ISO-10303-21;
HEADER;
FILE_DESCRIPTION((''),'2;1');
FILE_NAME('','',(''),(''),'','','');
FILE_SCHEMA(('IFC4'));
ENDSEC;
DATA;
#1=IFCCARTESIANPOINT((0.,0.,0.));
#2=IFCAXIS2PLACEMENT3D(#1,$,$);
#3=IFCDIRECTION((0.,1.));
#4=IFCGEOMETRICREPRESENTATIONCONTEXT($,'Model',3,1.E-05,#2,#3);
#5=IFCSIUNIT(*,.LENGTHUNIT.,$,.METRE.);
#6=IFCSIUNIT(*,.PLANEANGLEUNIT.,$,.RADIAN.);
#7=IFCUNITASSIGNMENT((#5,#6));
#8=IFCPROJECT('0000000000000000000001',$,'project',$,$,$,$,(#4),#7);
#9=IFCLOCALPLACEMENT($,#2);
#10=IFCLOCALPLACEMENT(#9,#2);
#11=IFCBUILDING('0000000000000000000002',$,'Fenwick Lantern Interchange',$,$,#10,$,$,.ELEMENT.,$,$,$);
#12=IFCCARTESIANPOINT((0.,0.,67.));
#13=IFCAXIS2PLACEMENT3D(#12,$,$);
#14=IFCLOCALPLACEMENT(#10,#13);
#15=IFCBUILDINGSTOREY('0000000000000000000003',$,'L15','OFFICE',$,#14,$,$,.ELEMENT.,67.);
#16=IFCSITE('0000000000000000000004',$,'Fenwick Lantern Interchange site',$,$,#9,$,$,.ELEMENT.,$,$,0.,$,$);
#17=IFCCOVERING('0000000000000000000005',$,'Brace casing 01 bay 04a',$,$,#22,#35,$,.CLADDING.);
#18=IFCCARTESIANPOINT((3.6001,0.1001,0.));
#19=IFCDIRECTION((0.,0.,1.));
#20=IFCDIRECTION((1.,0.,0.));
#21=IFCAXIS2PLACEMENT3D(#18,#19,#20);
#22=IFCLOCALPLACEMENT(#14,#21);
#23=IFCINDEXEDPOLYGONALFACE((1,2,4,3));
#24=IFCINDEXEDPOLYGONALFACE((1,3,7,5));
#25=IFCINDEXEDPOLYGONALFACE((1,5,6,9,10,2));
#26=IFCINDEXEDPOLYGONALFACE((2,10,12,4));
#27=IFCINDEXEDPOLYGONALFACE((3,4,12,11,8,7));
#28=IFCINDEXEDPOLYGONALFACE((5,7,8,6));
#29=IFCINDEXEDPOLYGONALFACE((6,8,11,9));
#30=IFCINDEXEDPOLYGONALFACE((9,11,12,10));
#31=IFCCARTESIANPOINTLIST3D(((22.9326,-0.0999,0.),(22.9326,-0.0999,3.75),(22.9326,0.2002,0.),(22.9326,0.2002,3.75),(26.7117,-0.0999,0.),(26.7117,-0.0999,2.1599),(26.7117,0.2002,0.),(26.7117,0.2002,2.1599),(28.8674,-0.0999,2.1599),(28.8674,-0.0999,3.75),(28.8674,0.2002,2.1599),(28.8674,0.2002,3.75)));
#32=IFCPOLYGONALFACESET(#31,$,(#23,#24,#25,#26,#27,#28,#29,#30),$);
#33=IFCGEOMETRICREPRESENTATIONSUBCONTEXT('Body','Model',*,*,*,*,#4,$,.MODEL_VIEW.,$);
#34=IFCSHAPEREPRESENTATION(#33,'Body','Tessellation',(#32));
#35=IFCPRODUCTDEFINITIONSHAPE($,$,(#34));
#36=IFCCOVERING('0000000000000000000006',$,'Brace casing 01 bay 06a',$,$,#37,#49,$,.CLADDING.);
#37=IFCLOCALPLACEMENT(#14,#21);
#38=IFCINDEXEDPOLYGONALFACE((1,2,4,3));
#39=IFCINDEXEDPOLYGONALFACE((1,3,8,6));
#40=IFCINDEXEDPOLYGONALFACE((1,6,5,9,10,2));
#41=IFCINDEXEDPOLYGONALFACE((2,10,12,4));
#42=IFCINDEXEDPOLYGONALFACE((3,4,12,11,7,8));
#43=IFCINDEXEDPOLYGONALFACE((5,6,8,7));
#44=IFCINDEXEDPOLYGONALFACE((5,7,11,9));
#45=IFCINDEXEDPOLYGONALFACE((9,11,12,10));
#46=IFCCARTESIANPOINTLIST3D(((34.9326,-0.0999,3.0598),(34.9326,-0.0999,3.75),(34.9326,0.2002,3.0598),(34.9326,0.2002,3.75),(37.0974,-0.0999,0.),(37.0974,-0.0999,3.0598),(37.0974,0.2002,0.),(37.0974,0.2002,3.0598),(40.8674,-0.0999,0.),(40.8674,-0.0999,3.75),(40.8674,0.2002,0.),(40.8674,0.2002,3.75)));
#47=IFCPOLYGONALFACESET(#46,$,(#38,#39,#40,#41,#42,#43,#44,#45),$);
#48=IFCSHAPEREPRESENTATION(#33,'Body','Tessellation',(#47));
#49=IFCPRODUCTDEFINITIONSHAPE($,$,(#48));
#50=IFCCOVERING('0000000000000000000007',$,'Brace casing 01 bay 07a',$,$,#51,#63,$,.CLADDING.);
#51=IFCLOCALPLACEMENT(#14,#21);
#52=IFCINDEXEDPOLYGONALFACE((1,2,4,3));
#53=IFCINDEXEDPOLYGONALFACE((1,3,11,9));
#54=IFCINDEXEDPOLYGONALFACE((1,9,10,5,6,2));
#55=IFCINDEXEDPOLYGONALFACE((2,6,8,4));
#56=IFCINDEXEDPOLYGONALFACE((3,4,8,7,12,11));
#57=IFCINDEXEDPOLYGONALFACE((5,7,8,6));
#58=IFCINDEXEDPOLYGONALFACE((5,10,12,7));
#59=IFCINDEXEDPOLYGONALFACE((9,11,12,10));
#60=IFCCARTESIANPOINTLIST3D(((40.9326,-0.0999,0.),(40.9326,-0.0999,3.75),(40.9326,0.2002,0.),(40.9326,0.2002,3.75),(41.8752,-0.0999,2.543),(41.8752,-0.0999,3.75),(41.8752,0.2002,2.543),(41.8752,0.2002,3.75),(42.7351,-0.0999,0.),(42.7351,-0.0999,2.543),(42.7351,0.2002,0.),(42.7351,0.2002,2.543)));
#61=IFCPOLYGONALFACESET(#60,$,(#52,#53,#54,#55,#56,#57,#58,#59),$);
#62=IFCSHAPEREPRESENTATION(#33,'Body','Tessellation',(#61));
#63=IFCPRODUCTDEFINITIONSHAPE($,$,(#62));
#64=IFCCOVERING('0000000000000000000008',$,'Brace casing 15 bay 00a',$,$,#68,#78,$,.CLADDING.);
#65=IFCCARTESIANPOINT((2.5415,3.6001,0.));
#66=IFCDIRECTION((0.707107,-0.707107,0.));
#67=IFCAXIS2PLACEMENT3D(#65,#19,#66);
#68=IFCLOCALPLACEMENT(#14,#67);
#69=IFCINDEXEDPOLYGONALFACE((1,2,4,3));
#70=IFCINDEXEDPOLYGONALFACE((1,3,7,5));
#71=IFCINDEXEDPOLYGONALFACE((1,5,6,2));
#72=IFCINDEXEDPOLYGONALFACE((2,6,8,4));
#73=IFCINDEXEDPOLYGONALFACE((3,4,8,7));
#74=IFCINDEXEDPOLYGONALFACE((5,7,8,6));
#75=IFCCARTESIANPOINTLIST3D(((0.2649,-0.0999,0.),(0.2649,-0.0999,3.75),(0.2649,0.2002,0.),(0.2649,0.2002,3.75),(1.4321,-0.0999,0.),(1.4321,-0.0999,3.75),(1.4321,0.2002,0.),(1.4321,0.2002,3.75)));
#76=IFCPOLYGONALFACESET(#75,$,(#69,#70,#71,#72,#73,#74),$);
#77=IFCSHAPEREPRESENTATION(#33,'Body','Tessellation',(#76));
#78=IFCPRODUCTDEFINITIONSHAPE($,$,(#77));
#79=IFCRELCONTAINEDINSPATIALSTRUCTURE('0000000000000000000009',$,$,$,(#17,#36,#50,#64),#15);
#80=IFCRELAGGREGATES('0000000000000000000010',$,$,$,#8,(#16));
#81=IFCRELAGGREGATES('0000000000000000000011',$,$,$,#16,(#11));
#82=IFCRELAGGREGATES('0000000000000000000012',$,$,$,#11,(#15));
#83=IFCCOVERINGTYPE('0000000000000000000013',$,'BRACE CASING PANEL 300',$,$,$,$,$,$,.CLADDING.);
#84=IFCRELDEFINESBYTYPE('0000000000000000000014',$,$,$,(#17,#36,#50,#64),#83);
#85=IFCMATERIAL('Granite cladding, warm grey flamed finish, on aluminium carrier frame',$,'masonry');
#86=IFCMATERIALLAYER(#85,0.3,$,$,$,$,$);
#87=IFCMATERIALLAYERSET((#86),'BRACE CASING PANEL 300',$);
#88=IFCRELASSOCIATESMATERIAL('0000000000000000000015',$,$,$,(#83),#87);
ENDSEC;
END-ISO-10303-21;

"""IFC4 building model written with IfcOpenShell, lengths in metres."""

from ifc_helpers import new_model, si_unit, direction, frame, origin, place, context, subcontext, project, spatial, polyline, outline, extrude, material, layer, layer_set, type_object, element, save


model = new_model("IFC4")

# Units and contexts
model_context = context("Model", 3, precision=1e-05, world=origin(), true_north=direction((0.0, 1.0)))
body_context = subcontext(model_context, "Body", "Model", "MODEL_VIEW")
ifc_project = project(units=[si_unit("LENGTHUNIT", "METRE"), si_unit("PLANEANGLEUNIT", "RADIAN")], contexts=[model_context])

# Site, building, storey
site_placement = place(None, origin())
site = spatial("IfcSite", under=ifc_project, at=site_placement, Name="Fenwick Lantern Interchange site", CompositionType="ELEMENT", RefElevation=0.0)
building_placement = place(site_placement, origin())
building = spatial("IfcBuilding", under=site, at=building_placement, Name="Fenwick Lantern Interchange", CompositionType="ELEMENT")
storey_placement = place(building_placement, frame((0.0, 0.0, 67.0)))
storey = spatial("IfcBuildingStorey", under=building, at=storey_placement, Name="L15", Description="OFFICE", CompositionType="ELEMENT", Elevation=67.0)

# Coverings
ifc_material_1 = material(Name="Granite cladding, warm grey flamed finish, on aluminium carrier frame", Category="masonry")
ifc_layer_1 = layer(ifc_material_1, 0.3)
ifc_layer_set_1 = layer_set([ifc_layer_1], Name="BRACE CASING PANEL 300")
covering_type = type_object("IfcCoveringType", Name="BRACE CASING PANEL 300", PredefinedType="CLADDING", material=ifc_layer_set_1)
covering_1_placement = place(storey_placement, frame((3.6001, 0.1001, 0.0), z_axis=(0.0, 0.0, 1.0), x_axis=(1.0, 0.0, 0.0)))
element("IfcCovering", 1, at=covering_1_placement, inside=storey, type_object=covering_type, Name="Brace casing 01 bay 04a", PredefinedType="CLADDING", context=body_context, shape_type="SweptSolid", body=[
    extrude(outline(polyline([(22.9326, 0.0), (26.7117, 0.0), (26.7117, 2.1599), (28.8674, 2.1599), (28.8674, 3.75), (22.9326, 3.75), (22.9326, 0.0)])), frame((0.0, 0.2002, 0.0), z_axis=(0.0, -1.0, 0.0), x_axis=(1.0, 0.0, 0.0)), (0.0, 0.0, 1.0), 0.3),
])
covering_2_placement = place(storey_placement, frame((3.6001, 0.1001, 0.0), z_axis=(0.0, 0.0, 1.0), x_axis=(1.0, 0.0, 0.0)))
element("IfcCovering", 2, at=covering_2_placement, inside=storey, type_object=covering_type, Name="Brace casing 01 bay 06a", PredefinedType="CLADDING", context=body_context, shape_type="SweptSolid", body=[
    extrude(outline(polyline([(37.0974, 0.0), (40.8674, 0.0), (40.8674, 3.75), (34.9326, 3.75), (34.9326, 3.0598), (37.0974, 3.0598), (37.0974, 0.0)])), frame((0.0, 0.2002, 0.0), z_axis=(0.0, -1.0, 0.0), x_axis=(1.0, 0.0, 0.0)), (0.0, 0.0, 1.0), 0.3),
])
covering_3_placement = place(storey_placement, frame((3.6001, 0.1001, 0.0), z_axis=(0.0, 0.0, 1.0), x_axis=(1.0, 0.0, 0.0)))
element("IfcCovering", 3, at=covering_3_placement, inside=storey, type_object=covering_type, Name="Brace casing 01 bay 07a", PredefinedType="CLADDING", context=body_context, shape_type="SweptSolid", body=[
    extrude(outline(polyline([(40.9326, 0.0), (42.7351, 0.0), (42.7351, 2.543), (41.8752, 2.543), (41.8752, 3.75), (40.9326, 3.75), (40.9326, 0.0)])), frame((0.0, 0.2002, 0.0), z_axis=(0.0, -1.0, 0.0), x_axis=(1.0, 0.0, 0.0)), (0.0, 0.0, 1.0), 0.3),
])
covering_4_placement = place(storey_placement, frame((2.5415, 3.6001, 0.0), z_axis=(0.0, 0.0, 1.0), x_axis=(0.707107, -0.707107, 0.0)))
element("IfcCovering", 4, at=covering_4_placement, inside=storey, type_object=covering_type, Name="Brace casing 15 bay 00a", PredefinedType="CLADDING", context=body_context, shape_type="SweptSolid", body=[
    extrude(outline(polyline([(0.2649, 0.0), (1.4321, 0.0), (1.4321, 3.75), (0.2649, 3.75), (0.2649, 0.0)])), frame((0.0, 0.2002, 0.0), z_axis=(0.0, -1.0, 0.0), x_axis=(1.0, 0.0, 0.0)), (0.0, 0.0, 1.0), 0.3),
])

save(model, "model.ifc")
